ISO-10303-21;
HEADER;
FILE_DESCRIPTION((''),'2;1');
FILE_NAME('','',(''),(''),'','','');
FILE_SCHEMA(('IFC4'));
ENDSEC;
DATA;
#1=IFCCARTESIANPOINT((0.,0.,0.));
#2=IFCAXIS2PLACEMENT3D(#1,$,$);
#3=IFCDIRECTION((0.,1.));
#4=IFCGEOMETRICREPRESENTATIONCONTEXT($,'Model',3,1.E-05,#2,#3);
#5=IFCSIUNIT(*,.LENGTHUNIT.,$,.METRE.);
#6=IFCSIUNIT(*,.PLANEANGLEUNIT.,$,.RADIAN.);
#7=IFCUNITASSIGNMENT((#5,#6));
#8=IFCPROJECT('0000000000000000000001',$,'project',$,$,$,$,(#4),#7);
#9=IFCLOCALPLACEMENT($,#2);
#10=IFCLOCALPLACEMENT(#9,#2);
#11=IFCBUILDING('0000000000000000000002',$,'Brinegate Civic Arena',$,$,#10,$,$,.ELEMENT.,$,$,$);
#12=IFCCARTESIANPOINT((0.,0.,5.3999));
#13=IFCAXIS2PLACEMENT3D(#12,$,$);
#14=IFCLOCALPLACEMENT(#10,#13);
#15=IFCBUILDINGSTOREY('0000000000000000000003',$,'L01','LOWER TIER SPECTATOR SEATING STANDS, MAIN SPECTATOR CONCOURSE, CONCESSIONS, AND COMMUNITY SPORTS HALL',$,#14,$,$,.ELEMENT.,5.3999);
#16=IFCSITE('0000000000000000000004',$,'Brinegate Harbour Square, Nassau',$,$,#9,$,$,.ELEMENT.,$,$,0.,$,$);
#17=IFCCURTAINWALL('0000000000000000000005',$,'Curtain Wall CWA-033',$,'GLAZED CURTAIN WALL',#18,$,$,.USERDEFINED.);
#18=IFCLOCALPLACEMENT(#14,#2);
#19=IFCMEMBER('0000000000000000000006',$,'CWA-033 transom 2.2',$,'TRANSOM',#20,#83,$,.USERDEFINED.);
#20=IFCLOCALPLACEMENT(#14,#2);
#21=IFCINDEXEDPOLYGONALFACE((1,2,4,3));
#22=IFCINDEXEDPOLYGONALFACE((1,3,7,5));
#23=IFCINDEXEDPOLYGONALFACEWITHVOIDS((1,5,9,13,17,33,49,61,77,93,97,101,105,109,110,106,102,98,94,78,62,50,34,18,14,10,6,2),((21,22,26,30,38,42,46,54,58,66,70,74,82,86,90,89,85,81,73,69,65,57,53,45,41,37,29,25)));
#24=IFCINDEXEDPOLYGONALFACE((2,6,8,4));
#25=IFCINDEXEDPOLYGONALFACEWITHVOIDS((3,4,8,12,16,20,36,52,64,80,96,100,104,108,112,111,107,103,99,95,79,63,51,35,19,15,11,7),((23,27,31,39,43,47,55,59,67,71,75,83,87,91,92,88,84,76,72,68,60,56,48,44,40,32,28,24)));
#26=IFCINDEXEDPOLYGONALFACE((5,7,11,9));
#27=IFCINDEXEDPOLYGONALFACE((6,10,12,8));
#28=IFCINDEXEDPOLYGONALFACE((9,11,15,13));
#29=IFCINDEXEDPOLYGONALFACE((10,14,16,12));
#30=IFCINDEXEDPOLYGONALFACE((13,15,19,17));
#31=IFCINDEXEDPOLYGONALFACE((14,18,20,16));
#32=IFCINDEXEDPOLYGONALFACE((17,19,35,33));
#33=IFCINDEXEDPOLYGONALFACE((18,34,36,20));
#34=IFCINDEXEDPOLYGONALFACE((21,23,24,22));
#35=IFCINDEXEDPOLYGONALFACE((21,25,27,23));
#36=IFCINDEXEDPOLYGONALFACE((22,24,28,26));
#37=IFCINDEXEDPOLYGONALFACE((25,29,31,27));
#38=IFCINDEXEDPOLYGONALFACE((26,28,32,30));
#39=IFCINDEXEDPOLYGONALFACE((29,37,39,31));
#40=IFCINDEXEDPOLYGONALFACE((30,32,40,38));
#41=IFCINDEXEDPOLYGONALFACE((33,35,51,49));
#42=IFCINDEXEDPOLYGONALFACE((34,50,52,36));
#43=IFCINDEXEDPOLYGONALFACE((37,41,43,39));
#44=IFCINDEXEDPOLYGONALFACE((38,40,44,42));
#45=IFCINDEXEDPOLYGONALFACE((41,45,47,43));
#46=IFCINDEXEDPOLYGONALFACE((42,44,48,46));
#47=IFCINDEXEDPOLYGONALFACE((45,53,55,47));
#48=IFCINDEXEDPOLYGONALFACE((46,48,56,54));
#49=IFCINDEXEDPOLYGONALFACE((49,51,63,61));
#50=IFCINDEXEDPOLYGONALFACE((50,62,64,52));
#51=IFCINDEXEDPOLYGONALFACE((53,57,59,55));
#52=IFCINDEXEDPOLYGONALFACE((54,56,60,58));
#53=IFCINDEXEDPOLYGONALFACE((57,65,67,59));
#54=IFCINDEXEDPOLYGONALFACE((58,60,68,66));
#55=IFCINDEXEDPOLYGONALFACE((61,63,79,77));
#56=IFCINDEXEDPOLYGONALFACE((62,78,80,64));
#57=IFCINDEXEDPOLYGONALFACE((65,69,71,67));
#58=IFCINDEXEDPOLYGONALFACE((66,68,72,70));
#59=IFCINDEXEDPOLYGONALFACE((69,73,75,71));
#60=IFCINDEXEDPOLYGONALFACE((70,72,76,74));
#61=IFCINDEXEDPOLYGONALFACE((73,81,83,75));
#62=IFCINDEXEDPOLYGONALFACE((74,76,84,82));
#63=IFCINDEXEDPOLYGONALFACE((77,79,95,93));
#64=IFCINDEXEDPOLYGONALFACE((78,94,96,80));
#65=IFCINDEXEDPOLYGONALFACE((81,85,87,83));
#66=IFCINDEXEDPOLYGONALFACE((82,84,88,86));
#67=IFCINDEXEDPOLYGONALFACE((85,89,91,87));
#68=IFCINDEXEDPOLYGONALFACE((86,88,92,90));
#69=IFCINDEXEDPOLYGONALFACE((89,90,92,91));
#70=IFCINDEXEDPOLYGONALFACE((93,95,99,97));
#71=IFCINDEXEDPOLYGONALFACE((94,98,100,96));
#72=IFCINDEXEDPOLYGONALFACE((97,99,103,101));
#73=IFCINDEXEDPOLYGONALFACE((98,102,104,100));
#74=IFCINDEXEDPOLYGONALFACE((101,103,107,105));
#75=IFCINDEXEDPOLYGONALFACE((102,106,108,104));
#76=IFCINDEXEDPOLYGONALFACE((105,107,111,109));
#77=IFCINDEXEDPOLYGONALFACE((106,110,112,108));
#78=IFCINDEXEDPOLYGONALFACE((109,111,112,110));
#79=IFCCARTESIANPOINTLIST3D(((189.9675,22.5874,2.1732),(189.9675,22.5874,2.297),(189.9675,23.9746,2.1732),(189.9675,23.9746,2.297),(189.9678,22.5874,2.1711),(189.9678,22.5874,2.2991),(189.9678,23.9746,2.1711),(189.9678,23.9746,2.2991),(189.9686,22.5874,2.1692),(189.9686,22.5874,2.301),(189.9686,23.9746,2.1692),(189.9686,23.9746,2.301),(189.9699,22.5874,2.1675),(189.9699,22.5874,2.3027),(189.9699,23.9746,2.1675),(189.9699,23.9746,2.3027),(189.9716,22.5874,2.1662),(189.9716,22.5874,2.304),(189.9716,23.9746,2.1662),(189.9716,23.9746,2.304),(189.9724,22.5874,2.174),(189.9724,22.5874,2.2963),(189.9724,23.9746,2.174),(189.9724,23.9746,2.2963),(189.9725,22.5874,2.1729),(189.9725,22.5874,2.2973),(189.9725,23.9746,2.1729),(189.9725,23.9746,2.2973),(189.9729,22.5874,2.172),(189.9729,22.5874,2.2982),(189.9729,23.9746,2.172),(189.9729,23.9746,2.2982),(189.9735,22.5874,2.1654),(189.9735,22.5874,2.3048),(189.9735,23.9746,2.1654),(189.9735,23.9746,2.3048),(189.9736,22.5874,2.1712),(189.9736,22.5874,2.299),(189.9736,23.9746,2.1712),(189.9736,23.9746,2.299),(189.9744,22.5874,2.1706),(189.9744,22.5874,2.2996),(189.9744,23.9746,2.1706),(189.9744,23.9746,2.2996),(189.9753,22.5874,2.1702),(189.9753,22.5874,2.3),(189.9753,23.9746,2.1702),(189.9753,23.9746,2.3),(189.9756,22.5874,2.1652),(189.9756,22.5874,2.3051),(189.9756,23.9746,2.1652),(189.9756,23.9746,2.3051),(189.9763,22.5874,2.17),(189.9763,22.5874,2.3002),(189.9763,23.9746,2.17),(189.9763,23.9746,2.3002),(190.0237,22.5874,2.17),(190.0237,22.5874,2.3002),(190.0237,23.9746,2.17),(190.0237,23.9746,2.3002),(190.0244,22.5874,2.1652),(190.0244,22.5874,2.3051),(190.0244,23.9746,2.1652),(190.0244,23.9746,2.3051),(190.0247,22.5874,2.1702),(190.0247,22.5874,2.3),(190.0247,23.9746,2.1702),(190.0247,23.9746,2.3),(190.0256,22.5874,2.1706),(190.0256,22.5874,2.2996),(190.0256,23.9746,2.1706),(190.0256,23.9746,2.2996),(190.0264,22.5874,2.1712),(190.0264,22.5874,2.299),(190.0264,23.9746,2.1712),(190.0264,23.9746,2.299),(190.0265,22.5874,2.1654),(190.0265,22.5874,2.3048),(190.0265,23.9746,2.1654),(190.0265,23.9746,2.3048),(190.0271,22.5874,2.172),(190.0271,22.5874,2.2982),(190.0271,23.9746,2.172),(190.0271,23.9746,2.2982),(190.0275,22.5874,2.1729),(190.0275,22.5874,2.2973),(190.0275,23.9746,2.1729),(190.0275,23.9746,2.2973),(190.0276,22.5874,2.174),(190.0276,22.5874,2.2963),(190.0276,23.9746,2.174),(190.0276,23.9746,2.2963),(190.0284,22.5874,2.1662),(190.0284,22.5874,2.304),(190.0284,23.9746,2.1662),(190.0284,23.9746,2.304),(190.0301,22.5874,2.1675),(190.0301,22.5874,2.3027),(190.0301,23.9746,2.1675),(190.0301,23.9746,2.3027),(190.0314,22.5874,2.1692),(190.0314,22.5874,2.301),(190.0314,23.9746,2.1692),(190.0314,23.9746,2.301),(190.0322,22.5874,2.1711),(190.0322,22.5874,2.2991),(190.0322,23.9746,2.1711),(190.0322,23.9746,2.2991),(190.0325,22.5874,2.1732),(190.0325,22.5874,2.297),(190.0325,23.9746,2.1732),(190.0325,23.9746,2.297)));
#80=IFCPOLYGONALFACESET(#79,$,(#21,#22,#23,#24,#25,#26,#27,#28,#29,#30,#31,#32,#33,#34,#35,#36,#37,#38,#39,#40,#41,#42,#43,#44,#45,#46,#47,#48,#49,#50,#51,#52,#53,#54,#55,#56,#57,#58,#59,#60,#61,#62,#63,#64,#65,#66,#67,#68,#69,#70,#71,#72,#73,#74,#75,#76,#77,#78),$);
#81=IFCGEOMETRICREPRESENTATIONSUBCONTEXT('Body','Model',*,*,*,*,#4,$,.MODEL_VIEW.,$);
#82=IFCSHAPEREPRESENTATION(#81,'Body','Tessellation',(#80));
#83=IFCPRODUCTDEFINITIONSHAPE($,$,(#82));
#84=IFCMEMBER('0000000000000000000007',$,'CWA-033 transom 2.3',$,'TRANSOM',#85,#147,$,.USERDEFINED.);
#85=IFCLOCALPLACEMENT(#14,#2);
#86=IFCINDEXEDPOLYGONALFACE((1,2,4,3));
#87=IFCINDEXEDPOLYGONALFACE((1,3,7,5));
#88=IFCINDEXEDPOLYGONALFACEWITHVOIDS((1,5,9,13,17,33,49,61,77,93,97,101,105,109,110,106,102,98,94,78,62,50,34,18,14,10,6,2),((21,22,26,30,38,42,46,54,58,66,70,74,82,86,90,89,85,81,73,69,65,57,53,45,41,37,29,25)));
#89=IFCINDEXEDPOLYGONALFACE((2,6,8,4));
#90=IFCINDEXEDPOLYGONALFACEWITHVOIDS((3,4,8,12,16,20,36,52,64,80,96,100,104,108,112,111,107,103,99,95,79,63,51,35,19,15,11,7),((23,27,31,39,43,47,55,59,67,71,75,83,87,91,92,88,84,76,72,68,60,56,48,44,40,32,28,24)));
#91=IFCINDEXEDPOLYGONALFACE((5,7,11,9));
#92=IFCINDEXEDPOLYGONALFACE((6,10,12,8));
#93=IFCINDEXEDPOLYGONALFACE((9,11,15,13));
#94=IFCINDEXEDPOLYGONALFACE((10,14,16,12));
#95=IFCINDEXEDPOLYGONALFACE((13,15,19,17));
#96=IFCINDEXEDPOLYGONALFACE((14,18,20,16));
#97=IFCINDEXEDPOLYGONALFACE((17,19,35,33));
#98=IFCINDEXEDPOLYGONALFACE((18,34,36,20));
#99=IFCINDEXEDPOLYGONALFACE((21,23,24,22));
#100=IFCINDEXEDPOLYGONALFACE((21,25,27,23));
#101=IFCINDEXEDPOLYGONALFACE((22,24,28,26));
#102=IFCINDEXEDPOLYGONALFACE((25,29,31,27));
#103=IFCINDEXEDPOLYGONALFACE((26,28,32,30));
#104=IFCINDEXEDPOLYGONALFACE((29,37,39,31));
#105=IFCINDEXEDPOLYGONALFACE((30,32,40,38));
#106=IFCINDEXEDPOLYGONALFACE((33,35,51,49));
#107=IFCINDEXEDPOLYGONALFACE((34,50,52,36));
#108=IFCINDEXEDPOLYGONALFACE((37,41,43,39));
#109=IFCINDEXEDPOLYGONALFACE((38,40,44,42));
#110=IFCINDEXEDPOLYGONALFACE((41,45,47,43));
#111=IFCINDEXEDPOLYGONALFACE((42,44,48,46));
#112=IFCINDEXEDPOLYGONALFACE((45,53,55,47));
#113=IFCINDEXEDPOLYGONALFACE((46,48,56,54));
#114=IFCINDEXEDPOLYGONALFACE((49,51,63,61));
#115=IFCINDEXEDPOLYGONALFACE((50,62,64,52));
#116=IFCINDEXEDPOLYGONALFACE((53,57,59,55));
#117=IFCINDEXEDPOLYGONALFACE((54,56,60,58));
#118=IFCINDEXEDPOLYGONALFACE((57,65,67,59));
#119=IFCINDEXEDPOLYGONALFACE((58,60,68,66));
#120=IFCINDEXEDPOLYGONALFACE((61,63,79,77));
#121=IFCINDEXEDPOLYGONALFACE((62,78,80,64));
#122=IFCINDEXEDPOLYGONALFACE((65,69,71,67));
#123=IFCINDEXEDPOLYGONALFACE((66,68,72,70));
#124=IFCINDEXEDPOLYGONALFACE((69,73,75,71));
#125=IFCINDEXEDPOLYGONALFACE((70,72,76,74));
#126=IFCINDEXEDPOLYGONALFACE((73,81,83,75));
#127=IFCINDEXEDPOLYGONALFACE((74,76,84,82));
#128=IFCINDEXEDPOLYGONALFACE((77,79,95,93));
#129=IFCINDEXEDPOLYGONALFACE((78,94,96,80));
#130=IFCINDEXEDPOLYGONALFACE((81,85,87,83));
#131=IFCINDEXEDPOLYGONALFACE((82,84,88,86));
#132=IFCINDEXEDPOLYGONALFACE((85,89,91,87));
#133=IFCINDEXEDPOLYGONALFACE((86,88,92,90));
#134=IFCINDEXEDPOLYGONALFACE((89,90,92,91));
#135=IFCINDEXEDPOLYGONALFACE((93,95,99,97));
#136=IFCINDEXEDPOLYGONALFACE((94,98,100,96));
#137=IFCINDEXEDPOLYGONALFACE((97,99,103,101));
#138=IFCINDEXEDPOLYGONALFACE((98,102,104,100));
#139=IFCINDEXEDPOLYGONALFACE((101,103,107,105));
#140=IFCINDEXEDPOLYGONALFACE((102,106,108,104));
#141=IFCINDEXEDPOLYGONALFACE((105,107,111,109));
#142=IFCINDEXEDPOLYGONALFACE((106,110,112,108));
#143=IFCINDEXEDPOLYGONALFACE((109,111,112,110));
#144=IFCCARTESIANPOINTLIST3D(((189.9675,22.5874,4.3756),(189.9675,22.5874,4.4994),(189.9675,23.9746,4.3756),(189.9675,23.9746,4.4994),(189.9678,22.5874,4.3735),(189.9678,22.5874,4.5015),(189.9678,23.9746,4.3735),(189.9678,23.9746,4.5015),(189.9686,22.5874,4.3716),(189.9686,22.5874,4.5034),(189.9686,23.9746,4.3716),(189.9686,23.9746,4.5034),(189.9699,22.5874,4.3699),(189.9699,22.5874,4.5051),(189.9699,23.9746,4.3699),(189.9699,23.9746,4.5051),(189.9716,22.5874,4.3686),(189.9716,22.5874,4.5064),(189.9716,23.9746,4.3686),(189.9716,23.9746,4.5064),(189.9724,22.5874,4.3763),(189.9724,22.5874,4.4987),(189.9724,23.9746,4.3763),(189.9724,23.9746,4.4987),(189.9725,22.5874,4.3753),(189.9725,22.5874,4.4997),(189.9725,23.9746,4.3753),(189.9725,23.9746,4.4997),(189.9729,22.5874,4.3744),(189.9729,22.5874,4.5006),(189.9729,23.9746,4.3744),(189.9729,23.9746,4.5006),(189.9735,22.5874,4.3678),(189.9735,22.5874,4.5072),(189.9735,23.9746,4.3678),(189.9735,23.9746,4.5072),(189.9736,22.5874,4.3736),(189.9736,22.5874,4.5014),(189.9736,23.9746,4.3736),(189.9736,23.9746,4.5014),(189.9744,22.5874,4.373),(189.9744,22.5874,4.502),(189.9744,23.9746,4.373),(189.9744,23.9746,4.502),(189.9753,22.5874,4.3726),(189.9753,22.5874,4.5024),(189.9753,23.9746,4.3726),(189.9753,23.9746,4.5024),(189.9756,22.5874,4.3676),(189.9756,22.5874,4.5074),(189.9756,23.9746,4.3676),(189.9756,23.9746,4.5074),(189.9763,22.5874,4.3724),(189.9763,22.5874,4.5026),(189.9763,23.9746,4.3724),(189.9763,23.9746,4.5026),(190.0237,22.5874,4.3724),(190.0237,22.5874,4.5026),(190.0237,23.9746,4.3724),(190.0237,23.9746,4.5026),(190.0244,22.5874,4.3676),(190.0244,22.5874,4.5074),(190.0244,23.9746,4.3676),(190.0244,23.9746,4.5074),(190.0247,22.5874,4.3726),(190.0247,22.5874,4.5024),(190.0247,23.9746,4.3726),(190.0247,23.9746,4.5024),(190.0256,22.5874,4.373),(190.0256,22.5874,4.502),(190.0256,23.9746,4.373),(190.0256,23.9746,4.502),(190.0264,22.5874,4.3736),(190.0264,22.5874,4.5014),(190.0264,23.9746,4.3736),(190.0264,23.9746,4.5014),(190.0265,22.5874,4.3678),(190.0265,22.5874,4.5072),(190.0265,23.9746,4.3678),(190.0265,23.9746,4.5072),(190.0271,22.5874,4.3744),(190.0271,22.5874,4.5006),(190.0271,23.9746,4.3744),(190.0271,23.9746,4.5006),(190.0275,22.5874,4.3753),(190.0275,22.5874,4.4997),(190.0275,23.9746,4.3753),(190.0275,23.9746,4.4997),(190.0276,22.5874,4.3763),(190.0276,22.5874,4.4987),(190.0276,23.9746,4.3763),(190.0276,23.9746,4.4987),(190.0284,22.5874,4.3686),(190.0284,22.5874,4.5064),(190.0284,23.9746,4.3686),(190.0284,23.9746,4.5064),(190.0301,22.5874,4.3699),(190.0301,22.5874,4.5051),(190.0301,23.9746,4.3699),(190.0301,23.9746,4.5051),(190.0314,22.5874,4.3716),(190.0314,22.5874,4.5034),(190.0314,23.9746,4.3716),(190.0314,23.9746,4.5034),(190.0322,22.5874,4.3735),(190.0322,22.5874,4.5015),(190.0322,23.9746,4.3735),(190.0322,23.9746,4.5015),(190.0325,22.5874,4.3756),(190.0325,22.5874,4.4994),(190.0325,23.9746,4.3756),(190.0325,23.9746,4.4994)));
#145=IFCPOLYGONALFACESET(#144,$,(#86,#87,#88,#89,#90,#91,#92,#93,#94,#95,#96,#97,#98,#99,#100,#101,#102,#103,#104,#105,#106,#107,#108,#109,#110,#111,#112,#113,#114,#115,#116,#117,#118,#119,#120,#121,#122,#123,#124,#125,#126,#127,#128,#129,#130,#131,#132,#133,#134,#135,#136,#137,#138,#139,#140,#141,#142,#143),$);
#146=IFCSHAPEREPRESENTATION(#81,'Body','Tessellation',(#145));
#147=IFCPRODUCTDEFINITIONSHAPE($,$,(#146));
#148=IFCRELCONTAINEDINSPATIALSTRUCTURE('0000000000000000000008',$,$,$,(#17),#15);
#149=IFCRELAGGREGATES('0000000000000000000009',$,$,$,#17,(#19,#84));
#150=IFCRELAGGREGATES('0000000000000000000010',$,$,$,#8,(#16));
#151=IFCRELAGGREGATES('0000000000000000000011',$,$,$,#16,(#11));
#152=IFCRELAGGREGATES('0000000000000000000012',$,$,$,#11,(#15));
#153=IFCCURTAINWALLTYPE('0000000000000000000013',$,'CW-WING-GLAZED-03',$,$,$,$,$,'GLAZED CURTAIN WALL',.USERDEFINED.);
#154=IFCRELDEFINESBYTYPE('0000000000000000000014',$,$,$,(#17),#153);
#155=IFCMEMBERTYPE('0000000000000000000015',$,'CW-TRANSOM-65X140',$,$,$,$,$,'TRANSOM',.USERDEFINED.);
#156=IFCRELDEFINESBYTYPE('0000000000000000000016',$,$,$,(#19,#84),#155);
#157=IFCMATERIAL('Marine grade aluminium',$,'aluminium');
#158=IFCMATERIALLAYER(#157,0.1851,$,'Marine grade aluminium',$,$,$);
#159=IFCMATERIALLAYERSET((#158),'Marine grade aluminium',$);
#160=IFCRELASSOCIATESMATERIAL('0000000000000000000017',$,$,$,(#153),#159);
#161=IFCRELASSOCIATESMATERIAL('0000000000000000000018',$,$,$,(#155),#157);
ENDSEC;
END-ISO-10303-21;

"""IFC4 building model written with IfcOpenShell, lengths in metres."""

from ifc_helpers import new_model, si_unit, direction, frame, origin, origin_2d, place, context, subcontext, project, spatial, hollow_rectangle, extrude, material, layer, layer_set, material_profile, profile_set, type_object, element, aggregate, save


model = new_model("IFC4")

# Units and contexts
model_context = context("Model", 3, precision=1e-05, world=origin(), true_north=direction((0.0, 1.0)))
body_context = subcontext(model_context, "Body", "Model", "MODEL_VIEW")
ifc_project = project(units=[si_unit("LENGTHUNIT", "METRE"), si_unit("PLANEANGLEUNIT", "RADIAN")], contexts=[model_context])

# Site, building, storey
site_placement = place(None, origin())
site = spatial("IfcSite", under=ifc_project, at=site_placement, Name="Brinegate Harbour Square, Nassau", CompositionType="ELEMENT", RefElevation=0.0)
building_placement = place(site_placement, origin())
building = spatial("IfcBuilding", under=site, at=building_placement, Name="Brinegate Civic Arena", CompositionType="ELEMENT")
storey_placement = place(building_placement, frame((0.0, 0.0, 5.3999)))
storey = spatial("IfcBuildingStorey", under=building, at=storey_placement, Name="L01", Description="LOWER TIER SPECTATOR SEATING STANDS, MAIN SPECTATOR CONCOURSE, CONCESSIONS, AND COMMUNITY SPORTS HALL", CompositionType="ELEMENT", Elevation=5.3999)

# Curtain wall, members
ifc_material_1 = material(Name="Marine grade aluminium", Category="aluminium")
ifc_layer_1 = layer(ifc_material_1, 0.1851, Name="Marine grade aluminium")
ifc_layer_set_1 = layer_set([ifc_layer_1], Name="Marine grade aluminium")
curtain_wall_type = type_object("IfcCurtainWallType", Name="CW-WING-GLAZED-03", ElementType="GLAZED CURTAIN WALL", PredefinedType="USERDEFINED", material=ifc_layer_set_1)
curtain_wall_placement = place(storey_placement, origin())
curtain_wall = element("IfcCurtainWall", 1, at=curtain_wall_placement, inside=storey, type_object=curtain_wall_type, Name="Curtain Wall CWA-033", ObjectType="GLAZED CURTAIN WALL", PredefinedType="USERDEFINED")
ifc_material_profile_1 = material_profile(ifc_material_1, hollow_rectangle(XDim=0.0649, YDim=0.1399, WallThickness=0.0049, InnerFilletRadius=0.0039, OuterFilletRadius=0.0081, at=origin_2d()), Name="TRN65X140")
ifc_profile_set_1 = profile_set([ifc_material_profile_1], Name="Marine grade aluminium")
member_type_1 = type_object("IfcMemberType", Name="CW-TRANSOM-65X140", ElementType="TRANSOM", PredefinedType="USERDEFINED", material=ifc_profile_set_1)
member_1_placement = place(storey_placement, frame((190.0, 22.5874, 2.2351), z_axis=(0.0, 1.0, 0.0), x_axis=(-1.0, 0.0, 0.0)))
member_1 = element("IfcMember", 2, at=member_1_placement, type_object=member_type_1, Name="CWA-033 transom 2.2", ObjectType="TRANSOM", PredefinedType="USERDEFINED", context=body_context, shape_type="SweptSolid", body=[
    extrude(hollow_rectangle(XDim=0.0649, YDim=0.1399, WallThickness=0.0049, InnerFilletRadius=0.0039, OuterFilletRadius=0.0081, at=origin_2d()), origin(), (0.0, 0.0, 1.0), 1.3872),
])
member_2_placement = place(storey_placement, frame((190.0, 22.5874, 4.4375), z_axis=(0.0, 1.0, 0.0), x_axis=(-1.0, 0.0, 0.0)))
member_2 = element("IfcMember", 3, at=member_2_placement, type_object=member_type_1, Name="CWA-033 transom 2.3", ObjectType="TRANSOM", PredefinedType="USERDEFINED", context=body_context, shape_type="SweptSolid", body=[
    extrude(hollow_rectangle(XDim=0.0649, YDim=0.1399, WallThickness=0.0049, InnerFilletRadius=0.0039, OuterFilletRadius=0.0081, at=origin_2d()), origin(), (0.0, 0.0, 1.0), 1.3872),
])

aggregate(curtain_wall, [member_1, member_2])

save(model, "model.ifc")
